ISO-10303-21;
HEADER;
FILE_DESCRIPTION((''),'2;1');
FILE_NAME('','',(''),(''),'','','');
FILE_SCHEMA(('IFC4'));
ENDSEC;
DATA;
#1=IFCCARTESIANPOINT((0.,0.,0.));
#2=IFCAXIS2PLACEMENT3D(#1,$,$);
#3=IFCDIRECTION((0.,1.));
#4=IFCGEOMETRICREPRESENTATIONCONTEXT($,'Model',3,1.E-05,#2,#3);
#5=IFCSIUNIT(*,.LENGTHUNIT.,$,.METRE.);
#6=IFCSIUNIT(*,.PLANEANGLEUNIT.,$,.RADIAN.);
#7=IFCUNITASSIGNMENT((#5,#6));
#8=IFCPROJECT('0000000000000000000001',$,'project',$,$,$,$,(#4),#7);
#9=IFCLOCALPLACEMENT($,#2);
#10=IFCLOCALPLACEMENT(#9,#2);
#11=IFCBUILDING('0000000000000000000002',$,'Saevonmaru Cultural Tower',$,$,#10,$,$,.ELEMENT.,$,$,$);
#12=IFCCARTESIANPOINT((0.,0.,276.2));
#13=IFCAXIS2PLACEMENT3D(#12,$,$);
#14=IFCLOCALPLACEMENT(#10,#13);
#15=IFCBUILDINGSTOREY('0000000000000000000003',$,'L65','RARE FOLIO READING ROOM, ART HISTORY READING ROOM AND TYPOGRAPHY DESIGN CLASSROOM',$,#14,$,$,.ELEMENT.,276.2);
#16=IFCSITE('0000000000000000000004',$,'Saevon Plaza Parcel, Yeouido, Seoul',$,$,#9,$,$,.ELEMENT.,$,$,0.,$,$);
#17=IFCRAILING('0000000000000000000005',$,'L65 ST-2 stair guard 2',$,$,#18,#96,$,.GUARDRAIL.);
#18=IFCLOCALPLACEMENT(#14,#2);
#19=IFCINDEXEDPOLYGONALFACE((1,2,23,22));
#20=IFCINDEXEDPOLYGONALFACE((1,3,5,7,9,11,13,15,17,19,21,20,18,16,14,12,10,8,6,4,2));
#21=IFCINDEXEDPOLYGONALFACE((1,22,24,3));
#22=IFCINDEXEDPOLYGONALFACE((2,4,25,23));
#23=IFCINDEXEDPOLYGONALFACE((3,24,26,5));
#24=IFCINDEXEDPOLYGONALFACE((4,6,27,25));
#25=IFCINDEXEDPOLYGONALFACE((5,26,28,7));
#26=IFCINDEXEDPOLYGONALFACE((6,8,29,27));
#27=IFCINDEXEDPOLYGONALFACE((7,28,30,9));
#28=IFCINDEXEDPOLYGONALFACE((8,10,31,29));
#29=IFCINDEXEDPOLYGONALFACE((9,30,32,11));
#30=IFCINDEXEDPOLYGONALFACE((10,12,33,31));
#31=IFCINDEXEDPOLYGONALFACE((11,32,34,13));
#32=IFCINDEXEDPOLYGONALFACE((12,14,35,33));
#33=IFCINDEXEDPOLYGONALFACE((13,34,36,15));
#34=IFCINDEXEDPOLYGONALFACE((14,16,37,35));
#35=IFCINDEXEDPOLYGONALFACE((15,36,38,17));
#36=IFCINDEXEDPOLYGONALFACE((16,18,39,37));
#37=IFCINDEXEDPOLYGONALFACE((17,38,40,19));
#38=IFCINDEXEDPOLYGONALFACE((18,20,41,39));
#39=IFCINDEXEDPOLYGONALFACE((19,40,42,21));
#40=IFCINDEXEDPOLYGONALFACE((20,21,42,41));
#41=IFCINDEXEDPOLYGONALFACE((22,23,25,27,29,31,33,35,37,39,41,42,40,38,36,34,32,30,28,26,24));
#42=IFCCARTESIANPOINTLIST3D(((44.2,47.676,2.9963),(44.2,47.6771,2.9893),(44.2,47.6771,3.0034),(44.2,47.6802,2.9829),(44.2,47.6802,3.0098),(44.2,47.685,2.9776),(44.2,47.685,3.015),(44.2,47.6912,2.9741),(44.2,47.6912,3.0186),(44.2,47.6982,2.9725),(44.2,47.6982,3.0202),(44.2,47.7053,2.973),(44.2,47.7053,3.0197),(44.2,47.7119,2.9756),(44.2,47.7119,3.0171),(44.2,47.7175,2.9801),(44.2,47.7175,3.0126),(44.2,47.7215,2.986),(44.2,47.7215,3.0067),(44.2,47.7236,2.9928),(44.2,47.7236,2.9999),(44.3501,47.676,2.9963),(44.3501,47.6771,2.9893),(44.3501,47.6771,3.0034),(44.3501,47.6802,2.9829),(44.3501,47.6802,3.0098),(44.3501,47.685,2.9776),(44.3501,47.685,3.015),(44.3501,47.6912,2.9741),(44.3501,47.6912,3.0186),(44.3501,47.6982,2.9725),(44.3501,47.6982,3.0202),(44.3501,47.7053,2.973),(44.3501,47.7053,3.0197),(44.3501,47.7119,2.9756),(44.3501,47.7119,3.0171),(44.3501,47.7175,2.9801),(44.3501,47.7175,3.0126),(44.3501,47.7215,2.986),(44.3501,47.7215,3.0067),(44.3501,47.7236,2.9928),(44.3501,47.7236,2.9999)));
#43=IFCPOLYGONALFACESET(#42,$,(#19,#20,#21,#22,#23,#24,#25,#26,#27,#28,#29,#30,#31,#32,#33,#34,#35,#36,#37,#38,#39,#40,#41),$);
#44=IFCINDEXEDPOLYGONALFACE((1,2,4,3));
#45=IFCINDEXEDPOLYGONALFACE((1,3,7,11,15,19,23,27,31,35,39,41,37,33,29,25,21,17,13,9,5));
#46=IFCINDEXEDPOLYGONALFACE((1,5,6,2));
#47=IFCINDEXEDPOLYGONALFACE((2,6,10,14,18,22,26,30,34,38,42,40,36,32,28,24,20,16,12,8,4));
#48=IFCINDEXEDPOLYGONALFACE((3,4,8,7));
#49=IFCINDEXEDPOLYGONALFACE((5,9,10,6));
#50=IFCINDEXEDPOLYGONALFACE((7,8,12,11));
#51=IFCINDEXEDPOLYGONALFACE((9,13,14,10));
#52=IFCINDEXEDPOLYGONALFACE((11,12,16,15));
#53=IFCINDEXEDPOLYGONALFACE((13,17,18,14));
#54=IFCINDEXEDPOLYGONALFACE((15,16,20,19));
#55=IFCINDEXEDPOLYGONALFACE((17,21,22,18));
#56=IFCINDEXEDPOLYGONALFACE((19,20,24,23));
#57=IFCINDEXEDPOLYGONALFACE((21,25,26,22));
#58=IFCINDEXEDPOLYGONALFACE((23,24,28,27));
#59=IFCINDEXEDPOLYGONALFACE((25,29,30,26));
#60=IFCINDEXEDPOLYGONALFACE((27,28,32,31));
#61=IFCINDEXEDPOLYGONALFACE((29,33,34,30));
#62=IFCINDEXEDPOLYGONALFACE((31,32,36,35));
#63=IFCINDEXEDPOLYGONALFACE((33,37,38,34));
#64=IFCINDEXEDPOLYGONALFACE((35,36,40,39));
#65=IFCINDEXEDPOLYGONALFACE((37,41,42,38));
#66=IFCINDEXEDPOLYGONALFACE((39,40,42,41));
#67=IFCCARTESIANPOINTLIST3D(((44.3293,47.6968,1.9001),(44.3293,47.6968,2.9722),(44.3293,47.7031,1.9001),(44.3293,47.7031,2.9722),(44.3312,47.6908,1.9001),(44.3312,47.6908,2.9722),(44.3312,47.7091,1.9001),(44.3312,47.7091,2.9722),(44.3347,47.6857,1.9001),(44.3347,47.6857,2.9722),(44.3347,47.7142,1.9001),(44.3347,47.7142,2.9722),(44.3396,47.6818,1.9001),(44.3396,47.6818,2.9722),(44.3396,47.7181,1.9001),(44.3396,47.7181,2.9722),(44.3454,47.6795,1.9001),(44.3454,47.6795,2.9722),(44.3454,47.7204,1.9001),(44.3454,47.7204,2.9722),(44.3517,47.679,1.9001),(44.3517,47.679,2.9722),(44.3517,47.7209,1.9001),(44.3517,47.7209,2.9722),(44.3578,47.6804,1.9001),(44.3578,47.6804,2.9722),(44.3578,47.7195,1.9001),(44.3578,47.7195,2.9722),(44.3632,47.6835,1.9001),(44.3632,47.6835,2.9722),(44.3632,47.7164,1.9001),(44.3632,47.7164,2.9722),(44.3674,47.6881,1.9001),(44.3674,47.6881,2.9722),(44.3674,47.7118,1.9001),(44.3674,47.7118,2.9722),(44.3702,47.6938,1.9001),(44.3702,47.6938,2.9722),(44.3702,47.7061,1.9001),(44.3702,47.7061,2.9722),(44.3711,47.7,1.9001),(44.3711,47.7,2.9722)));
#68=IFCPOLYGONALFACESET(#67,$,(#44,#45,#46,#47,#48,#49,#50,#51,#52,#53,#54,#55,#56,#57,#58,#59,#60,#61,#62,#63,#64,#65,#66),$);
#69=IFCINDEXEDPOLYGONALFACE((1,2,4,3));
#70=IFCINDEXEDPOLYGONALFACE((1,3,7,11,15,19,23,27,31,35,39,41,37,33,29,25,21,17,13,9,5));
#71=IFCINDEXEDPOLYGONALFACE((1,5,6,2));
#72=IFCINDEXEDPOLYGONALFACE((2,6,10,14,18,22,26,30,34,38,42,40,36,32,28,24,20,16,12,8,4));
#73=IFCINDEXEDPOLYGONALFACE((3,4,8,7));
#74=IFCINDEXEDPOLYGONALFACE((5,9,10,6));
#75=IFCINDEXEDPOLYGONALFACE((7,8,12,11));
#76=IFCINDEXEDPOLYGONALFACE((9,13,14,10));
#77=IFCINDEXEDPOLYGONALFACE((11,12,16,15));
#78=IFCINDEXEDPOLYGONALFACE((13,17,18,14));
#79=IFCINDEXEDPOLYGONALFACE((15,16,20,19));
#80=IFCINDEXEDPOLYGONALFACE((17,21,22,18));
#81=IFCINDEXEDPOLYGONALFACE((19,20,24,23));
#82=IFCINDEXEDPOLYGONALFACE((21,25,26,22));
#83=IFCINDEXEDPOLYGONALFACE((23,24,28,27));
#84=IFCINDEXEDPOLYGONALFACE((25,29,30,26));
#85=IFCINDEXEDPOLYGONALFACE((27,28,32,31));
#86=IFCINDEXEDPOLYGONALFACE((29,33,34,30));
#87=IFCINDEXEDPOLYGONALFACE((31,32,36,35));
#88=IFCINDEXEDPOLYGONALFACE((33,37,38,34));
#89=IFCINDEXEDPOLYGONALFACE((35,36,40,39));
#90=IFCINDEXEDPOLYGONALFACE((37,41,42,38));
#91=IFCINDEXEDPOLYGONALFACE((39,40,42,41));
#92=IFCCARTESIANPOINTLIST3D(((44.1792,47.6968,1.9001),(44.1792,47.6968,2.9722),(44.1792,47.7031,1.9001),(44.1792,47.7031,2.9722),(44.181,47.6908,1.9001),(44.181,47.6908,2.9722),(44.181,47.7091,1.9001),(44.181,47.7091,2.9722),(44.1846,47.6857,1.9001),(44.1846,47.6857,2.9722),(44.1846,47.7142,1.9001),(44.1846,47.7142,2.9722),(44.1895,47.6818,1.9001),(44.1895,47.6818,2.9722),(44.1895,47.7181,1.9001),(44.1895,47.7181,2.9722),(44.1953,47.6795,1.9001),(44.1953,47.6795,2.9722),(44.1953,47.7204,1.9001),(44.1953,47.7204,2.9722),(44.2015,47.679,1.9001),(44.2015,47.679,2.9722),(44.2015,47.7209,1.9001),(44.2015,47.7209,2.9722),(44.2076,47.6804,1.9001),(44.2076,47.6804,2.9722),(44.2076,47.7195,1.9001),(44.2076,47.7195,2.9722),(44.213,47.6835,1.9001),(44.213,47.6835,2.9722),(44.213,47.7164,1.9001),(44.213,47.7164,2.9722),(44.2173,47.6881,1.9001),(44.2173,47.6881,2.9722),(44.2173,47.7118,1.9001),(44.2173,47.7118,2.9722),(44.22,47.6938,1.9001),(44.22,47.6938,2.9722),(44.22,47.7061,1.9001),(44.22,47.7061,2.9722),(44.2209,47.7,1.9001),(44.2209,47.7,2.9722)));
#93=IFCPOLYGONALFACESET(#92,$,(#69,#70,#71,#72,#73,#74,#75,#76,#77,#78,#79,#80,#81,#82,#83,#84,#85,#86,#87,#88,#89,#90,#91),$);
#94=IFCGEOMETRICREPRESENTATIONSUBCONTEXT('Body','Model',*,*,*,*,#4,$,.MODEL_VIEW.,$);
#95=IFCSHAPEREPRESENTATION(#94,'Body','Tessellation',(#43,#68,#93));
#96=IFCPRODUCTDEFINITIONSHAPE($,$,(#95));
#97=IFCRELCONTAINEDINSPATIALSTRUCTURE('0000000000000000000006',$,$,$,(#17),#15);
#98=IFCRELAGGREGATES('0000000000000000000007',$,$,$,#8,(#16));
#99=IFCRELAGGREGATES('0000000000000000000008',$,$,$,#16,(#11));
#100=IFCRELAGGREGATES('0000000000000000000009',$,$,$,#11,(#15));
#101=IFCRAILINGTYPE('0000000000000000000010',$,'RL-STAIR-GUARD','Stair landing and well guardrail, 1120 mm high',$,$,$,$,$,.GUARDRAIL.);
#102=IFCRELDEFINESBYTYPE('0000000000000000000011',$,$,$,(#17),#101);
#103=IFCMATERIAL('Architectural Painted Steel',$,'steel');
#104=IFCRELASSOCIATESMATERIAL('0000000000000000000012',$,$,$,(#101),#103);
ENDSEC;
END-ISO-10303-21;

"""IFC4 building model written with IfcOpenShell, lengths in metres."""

from ifc_helpers import new_model, si_unit, direction, frame, origin, origin_2d, place, context, subcontext, project, spatial, circle, extrude, material, type_object, element, save


model = new_model("IFC4")

# Units and contexts
model_context = context("Model", 3, precision=1e-05, world=origin(), true_north=direction((0.0, 1.0)))
body_context = subcontext(model_context, "Body", "Model", "MODEL_VIEW")
ifc_project = project(units=[si_unit("LENGTHUNIT", "METRE"), si_unit("PLANEANGLEUNIT", "RADIAN")], contexts=[model_context])

# Site, building, storey
site_placement = place(None, origin())
site = spatial("IfcSite", under=ifc_project, at=site_placement, Name="Saevon Plaza Parcel, Yeouido, Seoul", CompositionType="ELEMENT", RefElevation=0.0)
building_placement = place(site_placement, origin())
building = spatial("IfcBuilding", under=site, at=building_placement, Name="Saevonmaru Cultural Tower", CompositionType="ELEMENT")
storey_placement = place(building_placement, frame((0.0, 0.0, 276.2)))
storey = spatial("IfcBuildingStorey", under=building, at=storey_placement, Name="L65", Description="RARE FOLIO READING ROOM, ART HISTORY READING ROOM AND TYPOGRAPHY DESIGN CLASSROOM", CompositionType="ELEMENT", Elevation=276.2)

# Railing
ifc_material_1 = material(Name="Architectural Painted Steel", Category="steel")
railing_type_1 = type_object("IfcRailingType", Name="RL-STAIR-GUARD", Description="Stair landing and well guardrail, 1120 mm high", PredefinedType="GUARDRAIL", material=ifc_material_1)
railing_1_placement = place(storey_placement, frame((44.3501, 47.7, 1.9001)))
element("IfcRailing", 1, at=railing_1_placement, inside=storey, type_object=railing_type_1, Name="L65 ST-2 stair guard 2", PredefinedType="GUARDRAIL", context=body_context, shape_type="SweptSolid", body=[
    extrude(circle(Radius=0.0239, at=origin_2d()), frame((0.0, 0.0, 1.0962), z_axis=(-1.0, 0.0, 0.0), x_axis=(0.0, -1.0, 0.0)), (0.0, 0.0, 1.0), 0.1501),
    extrude(circle(Radius=0.021, at=origin_2d()), origin(), (0.0, 0.0, 1.0), 1.072),
    extrude(circle(Radius=0.021, at=origin_2d()), frame((-0.1501, 0.0, 0.0)), (0.0, 0.0, 1.0), 1.072),
])

save(model, "model.ifc")
